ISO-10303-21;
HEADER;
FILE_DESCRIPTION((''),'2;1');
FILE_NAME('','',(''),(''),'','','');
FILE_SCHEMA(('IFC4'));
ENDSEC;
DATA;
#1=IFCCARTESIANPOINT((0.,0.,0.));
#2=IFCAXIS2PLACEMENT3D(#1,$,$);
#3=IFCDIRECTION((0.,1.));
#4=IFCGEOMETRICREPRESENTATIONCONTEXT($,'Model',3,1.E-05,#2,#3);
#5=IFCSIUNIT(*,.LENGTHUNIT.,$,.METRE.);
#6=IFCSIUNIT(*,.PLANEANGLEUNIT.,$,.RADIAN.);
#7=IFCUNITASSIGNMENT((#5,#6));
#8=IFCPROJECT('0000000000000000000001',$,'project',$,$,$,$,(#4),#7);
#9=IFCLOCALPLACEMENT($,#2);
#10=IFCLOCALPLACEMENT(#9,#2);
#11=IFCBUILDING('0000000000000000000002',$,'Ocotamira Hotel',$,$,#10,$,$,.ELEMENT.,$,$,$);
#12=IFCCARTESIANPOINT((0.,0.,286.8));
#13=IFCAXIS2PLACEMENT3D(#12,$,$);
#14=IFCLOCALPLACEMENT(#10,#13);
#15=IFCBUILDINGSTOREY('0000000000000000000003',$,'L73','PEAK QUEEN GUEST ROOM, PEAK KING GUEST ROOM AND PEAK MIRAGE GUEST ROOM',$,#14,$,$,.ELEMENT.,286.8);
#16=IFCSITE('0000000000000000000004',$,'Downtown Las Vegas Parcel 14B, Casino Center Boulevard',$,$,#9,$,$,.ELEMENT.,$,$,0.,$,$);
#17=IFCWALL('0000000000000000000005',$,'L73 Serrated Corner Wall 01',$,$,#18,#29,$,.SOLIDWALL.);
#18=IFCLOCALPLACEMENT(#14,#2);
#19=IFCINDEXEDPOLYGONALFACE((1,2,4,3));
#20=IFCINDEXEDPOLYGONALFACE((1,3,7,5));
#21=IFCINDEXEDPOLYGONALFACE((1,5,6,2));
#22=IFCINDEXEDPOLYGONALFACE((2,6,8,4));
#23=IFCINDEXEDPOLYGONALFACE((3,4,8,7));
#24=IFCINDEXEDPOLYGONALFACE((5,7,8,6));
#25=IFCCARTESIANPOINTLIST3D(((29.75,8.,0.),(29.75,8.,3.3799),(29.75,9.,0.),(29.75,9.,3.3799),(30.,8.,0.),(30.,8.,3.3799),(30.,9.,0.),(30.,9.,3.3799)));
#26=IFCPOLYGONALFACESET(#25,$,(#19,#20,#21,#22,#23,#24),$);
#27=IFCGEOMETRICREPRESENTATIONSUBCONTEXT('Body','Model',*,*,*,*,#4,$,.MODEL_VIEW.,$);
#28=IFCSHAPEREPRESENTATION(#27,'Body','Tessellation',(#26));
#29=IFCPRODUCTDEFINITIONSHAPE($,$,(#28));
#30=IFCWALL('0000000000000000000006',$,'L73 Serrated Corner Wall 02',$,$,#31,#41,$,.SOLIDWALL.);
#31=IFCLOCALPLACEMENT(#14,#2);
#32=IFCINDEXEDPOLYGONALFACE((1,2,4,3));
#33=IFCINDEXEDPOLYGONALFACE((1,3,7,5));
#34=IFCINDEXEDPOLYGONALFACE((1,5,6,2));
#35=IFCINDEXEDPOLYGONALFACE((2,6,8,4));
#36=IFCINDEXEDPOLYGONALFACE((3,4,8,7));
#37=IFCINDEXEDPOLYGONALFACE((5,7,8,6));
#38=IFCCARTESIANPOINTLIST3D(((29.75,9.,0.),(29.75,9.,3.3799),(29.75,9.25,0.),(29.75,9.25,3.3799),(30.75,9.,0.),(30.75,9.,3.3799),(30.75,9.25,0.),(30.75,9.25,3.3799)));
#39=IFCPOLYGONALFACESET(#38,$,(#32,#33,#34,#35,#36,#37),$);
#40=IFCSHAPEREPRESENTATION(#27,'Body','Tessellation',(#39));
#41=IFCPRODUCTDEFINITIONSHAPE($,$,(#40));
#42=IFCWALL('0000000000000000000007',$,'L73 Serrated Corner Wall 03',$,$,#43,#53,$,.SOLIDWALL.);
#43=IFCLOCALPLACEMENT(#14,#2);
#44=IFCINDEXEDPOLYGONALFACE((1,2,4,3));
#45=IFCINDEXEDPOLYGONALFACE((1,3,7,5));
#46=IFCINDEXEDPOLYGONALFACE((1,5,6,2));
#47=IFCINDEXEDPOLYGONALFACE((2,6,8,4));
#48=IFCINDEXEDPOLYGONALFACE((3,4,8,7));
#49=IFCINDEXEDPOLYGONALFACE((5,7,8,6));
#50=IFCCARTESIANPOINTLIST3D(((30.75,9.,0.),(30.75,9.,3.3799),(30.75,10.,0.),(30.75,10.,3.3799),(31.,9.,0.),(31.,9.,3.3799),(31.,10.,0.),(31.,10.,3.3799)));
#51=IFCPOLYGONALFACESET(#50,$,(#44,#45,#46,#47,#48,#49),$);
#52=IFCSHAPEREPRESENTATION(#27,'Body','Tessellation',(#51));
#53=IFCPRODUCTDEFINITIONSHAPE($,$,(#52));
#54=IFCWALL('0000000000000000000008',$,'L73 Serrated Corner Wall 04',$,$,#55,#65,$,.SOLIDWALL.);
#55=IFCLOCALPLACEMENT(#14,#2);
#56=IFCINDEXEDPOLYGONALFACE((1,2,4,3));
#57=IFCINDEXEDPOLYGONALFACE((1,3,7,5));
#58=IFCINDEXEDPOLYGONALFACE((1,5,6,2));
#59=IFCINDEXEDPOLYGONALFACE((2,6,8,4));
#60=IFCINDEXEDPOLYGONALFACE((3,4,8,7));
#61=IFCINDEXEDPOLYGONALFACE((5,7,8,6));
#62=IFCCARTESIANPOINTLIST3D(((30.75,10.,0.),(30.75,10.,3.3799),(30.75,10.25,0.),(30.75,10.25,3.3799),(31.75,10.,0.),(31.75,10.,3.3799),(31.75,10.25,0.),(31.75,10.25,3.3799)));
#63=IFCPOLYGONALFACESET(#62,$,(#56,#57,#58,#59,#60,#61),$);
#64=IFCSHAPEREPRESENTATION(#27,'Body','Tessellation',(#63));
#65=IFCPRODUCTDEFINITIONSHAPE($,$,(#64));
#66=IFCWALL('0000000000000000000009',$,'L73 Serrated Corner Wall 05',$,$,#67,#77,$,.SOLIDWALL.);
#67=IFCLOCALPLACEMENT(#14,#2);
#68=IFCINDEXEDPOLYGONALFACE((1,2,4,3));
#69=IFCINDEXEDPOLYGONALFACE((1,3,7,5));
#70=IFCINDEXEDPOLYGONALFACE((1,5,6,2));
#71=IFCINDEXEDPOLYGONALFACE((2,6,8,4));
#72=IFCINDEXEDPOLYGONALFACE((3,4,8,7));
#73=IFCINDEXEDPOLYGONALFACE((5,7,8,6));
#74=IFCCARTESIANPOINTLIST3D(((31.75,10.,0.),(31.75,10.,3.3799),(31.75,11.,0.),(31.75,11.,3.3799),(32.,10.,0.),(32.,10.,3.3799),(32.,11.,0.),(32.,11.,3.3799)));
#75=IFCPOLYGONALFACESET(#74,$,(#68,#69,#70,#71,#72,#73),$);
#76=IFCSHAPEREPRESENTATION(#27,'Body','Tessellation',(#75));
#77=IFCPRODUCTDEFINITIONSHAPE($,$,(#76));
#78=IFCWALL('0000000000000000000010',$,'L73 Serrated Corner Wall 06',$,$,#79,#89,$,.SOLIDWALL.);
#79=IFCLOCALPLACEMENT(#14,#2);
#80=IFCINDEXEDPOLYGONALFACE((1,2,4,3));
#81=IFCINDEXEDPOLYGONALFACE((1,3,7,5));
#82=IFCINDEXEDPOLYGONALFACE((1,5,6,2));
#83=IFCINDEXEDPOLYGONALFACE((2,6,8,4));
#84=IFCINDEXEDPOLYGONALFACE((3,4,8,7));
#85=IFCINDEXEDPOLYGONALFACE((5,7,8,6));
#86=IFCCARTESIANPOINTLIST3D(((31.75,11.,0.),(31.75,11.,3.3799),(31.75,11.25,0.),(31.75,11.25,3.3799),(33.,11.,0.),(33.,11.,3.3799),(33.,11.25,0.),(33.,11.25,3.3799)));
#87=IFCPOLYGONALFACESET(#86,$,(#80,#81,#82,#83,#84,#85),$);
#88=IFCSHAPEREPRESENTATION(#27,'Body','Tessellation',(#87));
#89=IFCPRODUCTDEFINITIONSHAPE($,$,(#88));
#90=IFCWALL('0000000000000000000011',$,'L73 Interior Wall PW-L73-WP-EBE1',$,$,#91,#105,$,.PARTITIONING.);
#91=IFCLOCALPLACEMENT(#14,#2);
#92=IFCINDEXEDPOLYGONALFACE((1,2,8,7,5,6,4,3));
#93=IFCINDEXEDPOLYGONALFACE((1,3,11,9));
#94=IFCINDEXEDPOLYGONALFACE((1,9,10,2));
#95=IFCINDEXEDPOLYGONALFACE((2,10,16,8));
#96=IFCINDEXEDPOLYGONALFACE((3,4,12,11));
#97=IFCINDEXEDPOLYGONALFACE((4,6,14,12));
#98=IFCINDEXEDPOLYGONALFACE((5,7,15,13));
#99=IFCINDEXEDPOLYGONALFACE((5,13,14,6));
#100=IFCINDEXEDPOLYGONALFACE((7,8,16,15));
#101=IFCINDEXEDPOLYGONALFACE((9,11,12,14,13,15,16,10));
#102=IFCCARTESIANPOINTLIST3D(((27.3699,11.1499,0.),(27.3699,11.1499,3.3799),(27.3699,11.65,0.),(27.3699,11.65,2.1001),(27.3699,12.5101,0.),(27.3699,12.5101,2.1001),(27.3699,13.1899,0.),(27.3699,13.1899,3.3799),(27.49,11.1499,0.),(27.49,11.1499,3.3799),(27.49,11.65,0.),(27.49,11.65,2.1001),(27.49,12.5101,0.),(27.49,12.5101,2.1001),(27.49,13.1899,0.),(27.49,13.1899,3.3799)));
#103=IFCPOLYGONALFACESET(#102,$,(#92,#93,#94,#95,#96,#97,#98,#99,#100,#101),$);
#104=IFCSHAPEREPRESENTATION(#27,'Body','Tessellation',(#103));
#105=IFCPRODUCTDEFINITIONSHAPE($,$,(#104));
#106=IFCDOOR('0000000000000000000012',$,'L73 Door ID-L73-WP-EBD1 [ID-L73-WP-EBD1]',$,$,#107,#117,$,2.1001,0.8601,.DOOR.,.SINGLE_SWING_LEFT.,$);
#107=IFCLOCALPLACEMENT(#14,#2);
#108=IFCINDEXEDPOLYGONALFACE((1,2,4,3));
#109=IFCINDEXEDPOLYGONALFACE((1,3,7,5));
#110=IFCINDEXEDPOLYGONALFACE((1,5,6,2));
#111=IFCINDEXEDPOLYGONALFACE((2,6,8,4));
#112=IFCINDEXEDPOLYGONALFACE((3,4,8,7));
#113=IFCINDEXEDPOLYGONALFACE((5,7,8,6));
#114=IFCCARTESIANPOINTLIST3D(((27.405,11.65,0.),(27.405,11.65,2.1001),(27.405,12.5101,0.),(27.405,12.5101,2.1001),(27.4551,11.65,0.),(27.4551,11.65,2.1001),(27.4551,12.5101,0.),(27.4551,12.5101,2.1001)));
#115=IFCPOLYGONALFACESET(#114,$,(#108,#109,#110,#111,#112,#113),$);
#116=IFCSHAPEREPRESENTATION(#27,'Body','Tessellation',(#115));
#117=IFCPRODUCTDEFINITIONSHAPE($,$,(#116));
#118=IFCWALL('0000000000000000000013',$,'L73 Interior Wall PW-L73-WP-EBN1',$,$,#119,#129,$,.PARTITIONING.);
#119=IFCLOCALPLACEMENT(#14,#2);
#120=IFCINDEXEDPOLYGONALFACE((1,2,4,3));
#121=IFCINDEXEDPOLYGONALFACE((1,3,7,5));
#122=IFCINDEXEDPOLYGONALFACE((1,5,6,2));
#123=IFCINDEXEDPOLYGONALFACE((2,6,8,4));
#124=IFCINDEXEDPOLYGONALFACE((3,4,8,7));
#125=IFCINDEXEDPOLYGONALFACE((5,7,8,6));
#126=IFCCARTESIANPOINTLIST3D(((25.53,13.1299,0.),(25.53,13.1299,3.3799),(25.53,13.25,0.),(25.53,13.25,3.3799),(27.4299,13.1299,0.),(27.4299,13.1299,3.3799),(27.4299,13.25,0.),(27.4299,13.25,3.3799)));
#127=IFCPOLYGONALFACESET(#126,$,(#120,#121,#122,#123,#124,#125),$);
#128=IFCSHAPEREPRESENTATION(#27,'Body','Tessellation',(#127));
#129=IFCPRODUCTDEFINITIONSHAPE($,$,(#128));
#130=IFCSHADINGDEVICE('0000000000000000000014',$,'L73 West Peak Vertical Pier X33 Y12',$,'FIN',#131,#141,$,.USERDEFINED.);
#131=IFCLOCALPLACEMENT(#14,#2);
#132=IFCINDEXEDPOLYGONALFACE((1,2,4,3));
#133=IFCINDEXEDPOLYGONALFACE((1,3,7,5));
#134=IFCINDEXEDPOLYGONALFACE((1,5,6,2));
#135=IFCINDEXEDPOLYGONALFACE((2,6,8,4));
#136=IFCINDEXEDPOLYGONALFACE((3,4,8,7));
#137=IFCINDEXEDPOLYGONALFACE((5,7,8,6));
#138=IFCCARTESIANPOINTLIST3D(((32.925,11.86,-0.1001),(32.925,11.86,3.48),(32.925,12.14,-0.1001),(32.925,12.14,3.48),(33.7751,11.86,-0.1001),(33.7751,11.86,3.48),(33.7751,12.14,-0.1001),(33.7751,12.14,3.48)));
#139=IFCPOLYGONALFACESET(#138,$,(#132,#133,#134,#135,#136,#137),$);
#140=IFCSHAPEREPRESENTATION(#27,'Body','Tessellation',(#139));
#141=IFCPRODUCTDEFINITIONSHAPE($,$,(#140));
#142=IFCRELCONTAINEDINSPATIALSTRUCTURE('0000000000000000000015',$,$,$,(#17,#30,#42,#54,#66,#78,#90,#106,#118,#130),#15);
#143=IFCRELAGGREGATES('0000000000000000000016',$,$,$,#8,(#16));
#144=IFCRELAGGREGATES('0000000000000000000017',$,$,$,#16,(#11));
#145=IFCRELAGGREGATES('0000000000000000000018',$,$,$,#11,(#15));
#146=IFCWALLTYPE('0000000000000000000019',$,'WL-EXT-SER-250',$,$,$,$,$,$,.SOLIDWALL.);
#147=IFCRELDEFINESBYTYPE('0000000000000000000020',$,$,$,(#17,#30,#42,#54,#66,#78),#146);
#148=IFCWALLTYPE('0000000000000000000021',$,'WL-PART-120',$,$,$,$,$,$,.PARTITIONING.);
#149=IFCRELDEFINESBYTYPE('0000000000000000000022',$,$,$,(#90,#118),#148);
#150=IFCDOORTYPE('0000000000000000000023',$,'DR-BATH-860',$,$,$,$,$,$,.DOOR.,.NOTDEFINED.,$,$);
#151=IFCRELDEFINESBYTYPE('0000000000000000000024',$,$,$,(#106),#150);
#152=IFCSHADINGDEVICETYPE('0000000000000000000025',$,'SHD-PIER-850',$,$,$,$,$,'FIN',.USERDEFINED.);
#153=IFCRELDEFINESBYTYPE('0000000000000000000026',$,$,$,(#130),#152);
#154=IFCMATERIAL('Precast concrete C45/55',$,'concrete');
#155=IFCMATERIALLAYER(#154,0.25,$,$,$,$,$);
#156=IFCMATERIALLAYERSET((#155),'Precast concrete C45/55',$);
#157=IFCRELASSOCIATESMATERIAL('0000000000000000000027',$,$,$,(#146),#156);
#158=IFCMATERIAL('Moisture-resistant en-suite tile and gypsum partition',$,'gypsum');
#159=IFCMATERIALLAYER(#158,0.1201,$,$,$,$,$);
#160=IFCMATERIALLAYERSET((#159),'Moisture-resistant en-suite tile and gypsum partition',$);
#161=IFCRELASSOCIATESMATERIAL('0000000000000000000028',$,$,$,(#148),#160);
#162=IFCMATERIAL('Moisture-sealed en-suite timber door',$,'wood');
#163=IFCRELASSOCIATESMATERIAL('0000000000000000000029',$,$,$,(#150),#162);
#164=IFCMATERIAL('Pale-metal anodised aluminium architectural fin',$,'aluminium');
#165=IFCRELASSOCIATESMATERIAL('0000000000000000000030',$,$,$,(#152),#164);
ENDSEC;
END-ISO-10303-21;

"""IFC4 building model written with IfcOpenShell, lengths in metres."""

from ifc_helpers import new_model, si_unit, direction, frame, frame_2d, origin, origin_2d, place, context, subcontext, project, spatial, rectangle, extrude, source, transform, mapped, material, layer, layer_set, type_object, element, fill, save


model = new_model("IFC4")

# Units and contexts
model_context = context("Model", 3, precision=1e-05, world=origin(), true_north=direction((0.0, 1.0)))
body_context = subcontext(model_context, "Body", "Model", "MODEL_VIEW")
ifc_project = project(units=[si_unit("LENGTHUNIT", "METRE"), si_unit("PLANEANGLEUNIT", "RADIAN")], contexts=[model_context])

# Site, building, storey
site_placement = place(None, origin())
site = spatial("IfcSite", under=ifc_project, at=site_placement, Name="Downtown Las Vegas Parcel 14B, Casino Center Boulevard", CompositionType="ELEMENT", RefElevation=0.0)
building_placement = place(site_placement, origin())
building = spatial("IfcBuilding", under=site, at=building_placement, Name="Ocotamira Hotel", CompositionType="ELEMENT")
storey_placement = place(building_placement, frame((0.0, 0.0, 286.8)))
storey = spatial("IfcBuildingStorey", under=building, at=storey_placement, Name="L73", Description="PEAK QUEEN GUEST ROOM, PEAK KING GUEST ROOM AND PEAK MIRAGE GUEST ROOM", CompositionType="ELEMENT", Elevation=286.8)

# Walls
ifc_material_1 = material(Name="Precast concrete C45/55", Category="concrete")
ifc_layer_1 = layer(ifc_material_1, 0.25)
ifc_layer_set_1 = layer_set([ifc_layer_1], Name="Precast concrete C45/55")
wall_type_1 = type_object("IfcWallType", Name="WL-EXT-SER-250", PredefinedType="SOLIDWALL", material=ifc_layer_set_1)
for number, where, z_axis, x_axis, name in (
    (1, (29.875, 8.0, 0.0), (0.0, 0.0, 1.0), (0.0, 1.0, 0.0), "L73 Serrated Corner Wall 01"),
    (2, (29.75, 9.125, 0.0), (0.0, 0.0, 1.0), (1.0, 0.0, 0.0), "L73 Serrated Corner Wall 02"),
    (3, (30.875, 9.0, 0.0), (0.0, 0.0, 1.0), (0.0, 1.0, 0.0), "L73 Serrated Corner Wall 03"),
    (4, (30.75, 10.125, 0.0), (0.0, 0.0, 1.0), (1.0, 0.0, 0.0), "L73 Serrated Corner Wall 04"),
    (5, (31.875, 10.0, 0.0), (0.0, 0.0, 1.0), (0.0, 1.0, 0.0), "L73 Serrated Corner Wall 05"),
):
    element("IfcWall", number, at=place(storey_placement, frame(where, z_axis=z_axis, x_axis=x_axis)), inside=storey, type_object=wall_type_1, Name=name, PredefinedType="SOLIDWALL", context=body_context, shape_type="SweptSolid", body=[
        extrude(rectangle(XDim=1.0, YDim=0.25, at=frame_2d((0.5, 0.0))), origin(), (0.0, 0.0, 1.0), 3.3799),
    ])
wall_1_placement = place(storey_placement, frame((31.75, 11.125, 0.0), z_axis=(0.0, 0.0, 1.0), x_axis=(1.0, 0.0, 0.0)))
element("IfcWall", 6, at=wall_1_placement, inside=storey, type_object=wall_type_1, Name="L73 Serrated Corner Wall 06", PredefinedType="SOLIDWALL", context=body_context, shape_type="SweptSolid", body=[
    extrude(rectangle(XDim=1.25, YDim=0.25, at=frame_2d((0.625, 0.0))), origin(), (0.0, 0.0, 1.0), 3.3799),
])

# Wall, opening, door
ifc_material_2 = material(Name="Moisture-resistant en-suite tile and gypsum partition", Category="gypsum")
ifc_layer_2 = layer(ifc_material_2, 0.1201)
ifc_layer_set_2 = layer_set([ifc_layer_2], Name="Moisture-resistant en-suite tile and gypsum partition")
wall_type_2 = type_object("IfcWallType", Name="WL-PART-120", PredefinedType="PARTITIONING", material=ifc_layer_set_2)
wall_2_placement = place(storey_placement, frame((27.4299, 11.1499, 0.0), z_axis=(0.0, 0.0, 1.0), x_axis=(0.0, 1.0, 0.0)))
wall_2 = element("IfcWall", 7, at=wall_2_placement, inside=storey, type_object=wall_type_2, Name="L73 Interior Wall PW-L73-WP-EBE1", PredefinedType="PARTITIONING", context=body_context, shape_type="SweptSolid", body=[
    extrude(rectangle(XDim=2.04, YDim=0.1201, at=frame_2d((1.02, 0.0))), origin(), (0.0, 0.0, 1.0), 3.3799),
])
opening_placement = place(wall_2_placement, frame((0.5, 0.0, 0.0)))
opening = element("IfcOpeningElement", 8, at=opening_placement, cuts=wall_2, PredefinedType="OPENING", context=body_context, shape_type="SweptSolid", body=[
    extrude(rectangle(XDim=0.8601, YDim=2.1001, at=frame_2d((0.4302, 1.05))), frame((0.0, 0.0701, 0.0), z_axis=(0.0, -1.0, 0.0), x_axis=(1.0, 0.0, 0.0)), (0.0, 0.0, 1.0), 0.1401),
])
ifc_material_3 = material(Name="Moisture-sealed en-suite timber door", Category="wood")
door_type = type_object("IfcDoorType", Name="DR-BATH-860", OperationType="NOTDEFINED", PredefinedType="DOOR", material=ifc_material_3)
shared_shape_1 = source(origin(), body_context, "Body", "SweptSolid", [
    extrude(rectangle(XDim=0.8601, YDim=2.1001, at=frame_2d((0.4302, 1.05))), frame((0.0, 0.0249, 0.0), z_axis=(0.0, -1.0, 0.0), x_axis=(1.0, 0.0, 0.0)), (0.0, 0.0, 1.0), 0.05),
])
door_placement = place(opening_placement, origin())
door = element("IfcDoor", 9, at=door_placement, inside=storey, type_object=door_type, Name="L73 Door ID-L73-WP-EBD1 [ID-L73-WP-EBD1]", OperationType="SINGLE_SWING_LEFT", OverallHeight=2.1001, OverallWidth=0.8601, PredefinedType="DOOR", context=body_context, shape_type="MappedRepresentation", body=[
    mapped(shared_shape_1, transform((0.0, 0.0, 0.0), scale=1.0)),
])
fill(opening, door)

# Wall
wall_3_placement = place(storey_placement, frame((25.53, 13.1899, 0.0), z_axis=(0.0, 0.0, 1.0), x_axis=(1.0, 0.0, 0.0)))
element("IfcWall", 10, at=wall_3_placement, inside=storey, type_object=wall_type_2, Name="L73 Interior Wall PW-L73-WP-EBN1", PredefinedType="PARTITIONING", context=body_context, shape_type="SweptSolid", body=[
    extrude(rectangle(XDim=1.8999, YDim=0.1201, at=frame_2d((0.95, 0.0))), origin(), (0.0, 0.0, 1.0), 3.3799),
])

# Shading device
ifc_material_4 = material(Name="Pale-metal anodised aluminium architectural fin", Category="aluminium")
shading_device_type = type_object("IfcShadingDeviceType", Name="SHD-PIER-850", ElementType="FIN", PredefinedType="USERDEFINED", material=ifc_material_4)
shared_shape_2 = source(origin(), body_context, "Body", "SweptSolid", [
    extrude(rectangle(XDim=0.8501, YDim=0.28, at=origin_2d()), origin(), (0.0, 0.0, 1.0), 3.5801),
])
shading_device_placement = place(storey_placement, frame((33.3501, 12.0, -0.1001), z_axis=(0.0, 0.0, 1.0), x_axis=(1.0, 0.0, 0.0)))
element("IfcShadingDevice", 11, at=shading_device_placement, inside=storey, type_object=shading_device_type, Name="L73 West Peak Vertical Pier X33 Y12", ObjectType="FIN", PredefinedType="USERDEFINED", context=body_context, shape_type="MappedRepresentation", body=[
    mapped(shared_shape_2, transform((0.0, 0.0, 0.0), scale=1.0)),
])

save(model, "model.ifc")
